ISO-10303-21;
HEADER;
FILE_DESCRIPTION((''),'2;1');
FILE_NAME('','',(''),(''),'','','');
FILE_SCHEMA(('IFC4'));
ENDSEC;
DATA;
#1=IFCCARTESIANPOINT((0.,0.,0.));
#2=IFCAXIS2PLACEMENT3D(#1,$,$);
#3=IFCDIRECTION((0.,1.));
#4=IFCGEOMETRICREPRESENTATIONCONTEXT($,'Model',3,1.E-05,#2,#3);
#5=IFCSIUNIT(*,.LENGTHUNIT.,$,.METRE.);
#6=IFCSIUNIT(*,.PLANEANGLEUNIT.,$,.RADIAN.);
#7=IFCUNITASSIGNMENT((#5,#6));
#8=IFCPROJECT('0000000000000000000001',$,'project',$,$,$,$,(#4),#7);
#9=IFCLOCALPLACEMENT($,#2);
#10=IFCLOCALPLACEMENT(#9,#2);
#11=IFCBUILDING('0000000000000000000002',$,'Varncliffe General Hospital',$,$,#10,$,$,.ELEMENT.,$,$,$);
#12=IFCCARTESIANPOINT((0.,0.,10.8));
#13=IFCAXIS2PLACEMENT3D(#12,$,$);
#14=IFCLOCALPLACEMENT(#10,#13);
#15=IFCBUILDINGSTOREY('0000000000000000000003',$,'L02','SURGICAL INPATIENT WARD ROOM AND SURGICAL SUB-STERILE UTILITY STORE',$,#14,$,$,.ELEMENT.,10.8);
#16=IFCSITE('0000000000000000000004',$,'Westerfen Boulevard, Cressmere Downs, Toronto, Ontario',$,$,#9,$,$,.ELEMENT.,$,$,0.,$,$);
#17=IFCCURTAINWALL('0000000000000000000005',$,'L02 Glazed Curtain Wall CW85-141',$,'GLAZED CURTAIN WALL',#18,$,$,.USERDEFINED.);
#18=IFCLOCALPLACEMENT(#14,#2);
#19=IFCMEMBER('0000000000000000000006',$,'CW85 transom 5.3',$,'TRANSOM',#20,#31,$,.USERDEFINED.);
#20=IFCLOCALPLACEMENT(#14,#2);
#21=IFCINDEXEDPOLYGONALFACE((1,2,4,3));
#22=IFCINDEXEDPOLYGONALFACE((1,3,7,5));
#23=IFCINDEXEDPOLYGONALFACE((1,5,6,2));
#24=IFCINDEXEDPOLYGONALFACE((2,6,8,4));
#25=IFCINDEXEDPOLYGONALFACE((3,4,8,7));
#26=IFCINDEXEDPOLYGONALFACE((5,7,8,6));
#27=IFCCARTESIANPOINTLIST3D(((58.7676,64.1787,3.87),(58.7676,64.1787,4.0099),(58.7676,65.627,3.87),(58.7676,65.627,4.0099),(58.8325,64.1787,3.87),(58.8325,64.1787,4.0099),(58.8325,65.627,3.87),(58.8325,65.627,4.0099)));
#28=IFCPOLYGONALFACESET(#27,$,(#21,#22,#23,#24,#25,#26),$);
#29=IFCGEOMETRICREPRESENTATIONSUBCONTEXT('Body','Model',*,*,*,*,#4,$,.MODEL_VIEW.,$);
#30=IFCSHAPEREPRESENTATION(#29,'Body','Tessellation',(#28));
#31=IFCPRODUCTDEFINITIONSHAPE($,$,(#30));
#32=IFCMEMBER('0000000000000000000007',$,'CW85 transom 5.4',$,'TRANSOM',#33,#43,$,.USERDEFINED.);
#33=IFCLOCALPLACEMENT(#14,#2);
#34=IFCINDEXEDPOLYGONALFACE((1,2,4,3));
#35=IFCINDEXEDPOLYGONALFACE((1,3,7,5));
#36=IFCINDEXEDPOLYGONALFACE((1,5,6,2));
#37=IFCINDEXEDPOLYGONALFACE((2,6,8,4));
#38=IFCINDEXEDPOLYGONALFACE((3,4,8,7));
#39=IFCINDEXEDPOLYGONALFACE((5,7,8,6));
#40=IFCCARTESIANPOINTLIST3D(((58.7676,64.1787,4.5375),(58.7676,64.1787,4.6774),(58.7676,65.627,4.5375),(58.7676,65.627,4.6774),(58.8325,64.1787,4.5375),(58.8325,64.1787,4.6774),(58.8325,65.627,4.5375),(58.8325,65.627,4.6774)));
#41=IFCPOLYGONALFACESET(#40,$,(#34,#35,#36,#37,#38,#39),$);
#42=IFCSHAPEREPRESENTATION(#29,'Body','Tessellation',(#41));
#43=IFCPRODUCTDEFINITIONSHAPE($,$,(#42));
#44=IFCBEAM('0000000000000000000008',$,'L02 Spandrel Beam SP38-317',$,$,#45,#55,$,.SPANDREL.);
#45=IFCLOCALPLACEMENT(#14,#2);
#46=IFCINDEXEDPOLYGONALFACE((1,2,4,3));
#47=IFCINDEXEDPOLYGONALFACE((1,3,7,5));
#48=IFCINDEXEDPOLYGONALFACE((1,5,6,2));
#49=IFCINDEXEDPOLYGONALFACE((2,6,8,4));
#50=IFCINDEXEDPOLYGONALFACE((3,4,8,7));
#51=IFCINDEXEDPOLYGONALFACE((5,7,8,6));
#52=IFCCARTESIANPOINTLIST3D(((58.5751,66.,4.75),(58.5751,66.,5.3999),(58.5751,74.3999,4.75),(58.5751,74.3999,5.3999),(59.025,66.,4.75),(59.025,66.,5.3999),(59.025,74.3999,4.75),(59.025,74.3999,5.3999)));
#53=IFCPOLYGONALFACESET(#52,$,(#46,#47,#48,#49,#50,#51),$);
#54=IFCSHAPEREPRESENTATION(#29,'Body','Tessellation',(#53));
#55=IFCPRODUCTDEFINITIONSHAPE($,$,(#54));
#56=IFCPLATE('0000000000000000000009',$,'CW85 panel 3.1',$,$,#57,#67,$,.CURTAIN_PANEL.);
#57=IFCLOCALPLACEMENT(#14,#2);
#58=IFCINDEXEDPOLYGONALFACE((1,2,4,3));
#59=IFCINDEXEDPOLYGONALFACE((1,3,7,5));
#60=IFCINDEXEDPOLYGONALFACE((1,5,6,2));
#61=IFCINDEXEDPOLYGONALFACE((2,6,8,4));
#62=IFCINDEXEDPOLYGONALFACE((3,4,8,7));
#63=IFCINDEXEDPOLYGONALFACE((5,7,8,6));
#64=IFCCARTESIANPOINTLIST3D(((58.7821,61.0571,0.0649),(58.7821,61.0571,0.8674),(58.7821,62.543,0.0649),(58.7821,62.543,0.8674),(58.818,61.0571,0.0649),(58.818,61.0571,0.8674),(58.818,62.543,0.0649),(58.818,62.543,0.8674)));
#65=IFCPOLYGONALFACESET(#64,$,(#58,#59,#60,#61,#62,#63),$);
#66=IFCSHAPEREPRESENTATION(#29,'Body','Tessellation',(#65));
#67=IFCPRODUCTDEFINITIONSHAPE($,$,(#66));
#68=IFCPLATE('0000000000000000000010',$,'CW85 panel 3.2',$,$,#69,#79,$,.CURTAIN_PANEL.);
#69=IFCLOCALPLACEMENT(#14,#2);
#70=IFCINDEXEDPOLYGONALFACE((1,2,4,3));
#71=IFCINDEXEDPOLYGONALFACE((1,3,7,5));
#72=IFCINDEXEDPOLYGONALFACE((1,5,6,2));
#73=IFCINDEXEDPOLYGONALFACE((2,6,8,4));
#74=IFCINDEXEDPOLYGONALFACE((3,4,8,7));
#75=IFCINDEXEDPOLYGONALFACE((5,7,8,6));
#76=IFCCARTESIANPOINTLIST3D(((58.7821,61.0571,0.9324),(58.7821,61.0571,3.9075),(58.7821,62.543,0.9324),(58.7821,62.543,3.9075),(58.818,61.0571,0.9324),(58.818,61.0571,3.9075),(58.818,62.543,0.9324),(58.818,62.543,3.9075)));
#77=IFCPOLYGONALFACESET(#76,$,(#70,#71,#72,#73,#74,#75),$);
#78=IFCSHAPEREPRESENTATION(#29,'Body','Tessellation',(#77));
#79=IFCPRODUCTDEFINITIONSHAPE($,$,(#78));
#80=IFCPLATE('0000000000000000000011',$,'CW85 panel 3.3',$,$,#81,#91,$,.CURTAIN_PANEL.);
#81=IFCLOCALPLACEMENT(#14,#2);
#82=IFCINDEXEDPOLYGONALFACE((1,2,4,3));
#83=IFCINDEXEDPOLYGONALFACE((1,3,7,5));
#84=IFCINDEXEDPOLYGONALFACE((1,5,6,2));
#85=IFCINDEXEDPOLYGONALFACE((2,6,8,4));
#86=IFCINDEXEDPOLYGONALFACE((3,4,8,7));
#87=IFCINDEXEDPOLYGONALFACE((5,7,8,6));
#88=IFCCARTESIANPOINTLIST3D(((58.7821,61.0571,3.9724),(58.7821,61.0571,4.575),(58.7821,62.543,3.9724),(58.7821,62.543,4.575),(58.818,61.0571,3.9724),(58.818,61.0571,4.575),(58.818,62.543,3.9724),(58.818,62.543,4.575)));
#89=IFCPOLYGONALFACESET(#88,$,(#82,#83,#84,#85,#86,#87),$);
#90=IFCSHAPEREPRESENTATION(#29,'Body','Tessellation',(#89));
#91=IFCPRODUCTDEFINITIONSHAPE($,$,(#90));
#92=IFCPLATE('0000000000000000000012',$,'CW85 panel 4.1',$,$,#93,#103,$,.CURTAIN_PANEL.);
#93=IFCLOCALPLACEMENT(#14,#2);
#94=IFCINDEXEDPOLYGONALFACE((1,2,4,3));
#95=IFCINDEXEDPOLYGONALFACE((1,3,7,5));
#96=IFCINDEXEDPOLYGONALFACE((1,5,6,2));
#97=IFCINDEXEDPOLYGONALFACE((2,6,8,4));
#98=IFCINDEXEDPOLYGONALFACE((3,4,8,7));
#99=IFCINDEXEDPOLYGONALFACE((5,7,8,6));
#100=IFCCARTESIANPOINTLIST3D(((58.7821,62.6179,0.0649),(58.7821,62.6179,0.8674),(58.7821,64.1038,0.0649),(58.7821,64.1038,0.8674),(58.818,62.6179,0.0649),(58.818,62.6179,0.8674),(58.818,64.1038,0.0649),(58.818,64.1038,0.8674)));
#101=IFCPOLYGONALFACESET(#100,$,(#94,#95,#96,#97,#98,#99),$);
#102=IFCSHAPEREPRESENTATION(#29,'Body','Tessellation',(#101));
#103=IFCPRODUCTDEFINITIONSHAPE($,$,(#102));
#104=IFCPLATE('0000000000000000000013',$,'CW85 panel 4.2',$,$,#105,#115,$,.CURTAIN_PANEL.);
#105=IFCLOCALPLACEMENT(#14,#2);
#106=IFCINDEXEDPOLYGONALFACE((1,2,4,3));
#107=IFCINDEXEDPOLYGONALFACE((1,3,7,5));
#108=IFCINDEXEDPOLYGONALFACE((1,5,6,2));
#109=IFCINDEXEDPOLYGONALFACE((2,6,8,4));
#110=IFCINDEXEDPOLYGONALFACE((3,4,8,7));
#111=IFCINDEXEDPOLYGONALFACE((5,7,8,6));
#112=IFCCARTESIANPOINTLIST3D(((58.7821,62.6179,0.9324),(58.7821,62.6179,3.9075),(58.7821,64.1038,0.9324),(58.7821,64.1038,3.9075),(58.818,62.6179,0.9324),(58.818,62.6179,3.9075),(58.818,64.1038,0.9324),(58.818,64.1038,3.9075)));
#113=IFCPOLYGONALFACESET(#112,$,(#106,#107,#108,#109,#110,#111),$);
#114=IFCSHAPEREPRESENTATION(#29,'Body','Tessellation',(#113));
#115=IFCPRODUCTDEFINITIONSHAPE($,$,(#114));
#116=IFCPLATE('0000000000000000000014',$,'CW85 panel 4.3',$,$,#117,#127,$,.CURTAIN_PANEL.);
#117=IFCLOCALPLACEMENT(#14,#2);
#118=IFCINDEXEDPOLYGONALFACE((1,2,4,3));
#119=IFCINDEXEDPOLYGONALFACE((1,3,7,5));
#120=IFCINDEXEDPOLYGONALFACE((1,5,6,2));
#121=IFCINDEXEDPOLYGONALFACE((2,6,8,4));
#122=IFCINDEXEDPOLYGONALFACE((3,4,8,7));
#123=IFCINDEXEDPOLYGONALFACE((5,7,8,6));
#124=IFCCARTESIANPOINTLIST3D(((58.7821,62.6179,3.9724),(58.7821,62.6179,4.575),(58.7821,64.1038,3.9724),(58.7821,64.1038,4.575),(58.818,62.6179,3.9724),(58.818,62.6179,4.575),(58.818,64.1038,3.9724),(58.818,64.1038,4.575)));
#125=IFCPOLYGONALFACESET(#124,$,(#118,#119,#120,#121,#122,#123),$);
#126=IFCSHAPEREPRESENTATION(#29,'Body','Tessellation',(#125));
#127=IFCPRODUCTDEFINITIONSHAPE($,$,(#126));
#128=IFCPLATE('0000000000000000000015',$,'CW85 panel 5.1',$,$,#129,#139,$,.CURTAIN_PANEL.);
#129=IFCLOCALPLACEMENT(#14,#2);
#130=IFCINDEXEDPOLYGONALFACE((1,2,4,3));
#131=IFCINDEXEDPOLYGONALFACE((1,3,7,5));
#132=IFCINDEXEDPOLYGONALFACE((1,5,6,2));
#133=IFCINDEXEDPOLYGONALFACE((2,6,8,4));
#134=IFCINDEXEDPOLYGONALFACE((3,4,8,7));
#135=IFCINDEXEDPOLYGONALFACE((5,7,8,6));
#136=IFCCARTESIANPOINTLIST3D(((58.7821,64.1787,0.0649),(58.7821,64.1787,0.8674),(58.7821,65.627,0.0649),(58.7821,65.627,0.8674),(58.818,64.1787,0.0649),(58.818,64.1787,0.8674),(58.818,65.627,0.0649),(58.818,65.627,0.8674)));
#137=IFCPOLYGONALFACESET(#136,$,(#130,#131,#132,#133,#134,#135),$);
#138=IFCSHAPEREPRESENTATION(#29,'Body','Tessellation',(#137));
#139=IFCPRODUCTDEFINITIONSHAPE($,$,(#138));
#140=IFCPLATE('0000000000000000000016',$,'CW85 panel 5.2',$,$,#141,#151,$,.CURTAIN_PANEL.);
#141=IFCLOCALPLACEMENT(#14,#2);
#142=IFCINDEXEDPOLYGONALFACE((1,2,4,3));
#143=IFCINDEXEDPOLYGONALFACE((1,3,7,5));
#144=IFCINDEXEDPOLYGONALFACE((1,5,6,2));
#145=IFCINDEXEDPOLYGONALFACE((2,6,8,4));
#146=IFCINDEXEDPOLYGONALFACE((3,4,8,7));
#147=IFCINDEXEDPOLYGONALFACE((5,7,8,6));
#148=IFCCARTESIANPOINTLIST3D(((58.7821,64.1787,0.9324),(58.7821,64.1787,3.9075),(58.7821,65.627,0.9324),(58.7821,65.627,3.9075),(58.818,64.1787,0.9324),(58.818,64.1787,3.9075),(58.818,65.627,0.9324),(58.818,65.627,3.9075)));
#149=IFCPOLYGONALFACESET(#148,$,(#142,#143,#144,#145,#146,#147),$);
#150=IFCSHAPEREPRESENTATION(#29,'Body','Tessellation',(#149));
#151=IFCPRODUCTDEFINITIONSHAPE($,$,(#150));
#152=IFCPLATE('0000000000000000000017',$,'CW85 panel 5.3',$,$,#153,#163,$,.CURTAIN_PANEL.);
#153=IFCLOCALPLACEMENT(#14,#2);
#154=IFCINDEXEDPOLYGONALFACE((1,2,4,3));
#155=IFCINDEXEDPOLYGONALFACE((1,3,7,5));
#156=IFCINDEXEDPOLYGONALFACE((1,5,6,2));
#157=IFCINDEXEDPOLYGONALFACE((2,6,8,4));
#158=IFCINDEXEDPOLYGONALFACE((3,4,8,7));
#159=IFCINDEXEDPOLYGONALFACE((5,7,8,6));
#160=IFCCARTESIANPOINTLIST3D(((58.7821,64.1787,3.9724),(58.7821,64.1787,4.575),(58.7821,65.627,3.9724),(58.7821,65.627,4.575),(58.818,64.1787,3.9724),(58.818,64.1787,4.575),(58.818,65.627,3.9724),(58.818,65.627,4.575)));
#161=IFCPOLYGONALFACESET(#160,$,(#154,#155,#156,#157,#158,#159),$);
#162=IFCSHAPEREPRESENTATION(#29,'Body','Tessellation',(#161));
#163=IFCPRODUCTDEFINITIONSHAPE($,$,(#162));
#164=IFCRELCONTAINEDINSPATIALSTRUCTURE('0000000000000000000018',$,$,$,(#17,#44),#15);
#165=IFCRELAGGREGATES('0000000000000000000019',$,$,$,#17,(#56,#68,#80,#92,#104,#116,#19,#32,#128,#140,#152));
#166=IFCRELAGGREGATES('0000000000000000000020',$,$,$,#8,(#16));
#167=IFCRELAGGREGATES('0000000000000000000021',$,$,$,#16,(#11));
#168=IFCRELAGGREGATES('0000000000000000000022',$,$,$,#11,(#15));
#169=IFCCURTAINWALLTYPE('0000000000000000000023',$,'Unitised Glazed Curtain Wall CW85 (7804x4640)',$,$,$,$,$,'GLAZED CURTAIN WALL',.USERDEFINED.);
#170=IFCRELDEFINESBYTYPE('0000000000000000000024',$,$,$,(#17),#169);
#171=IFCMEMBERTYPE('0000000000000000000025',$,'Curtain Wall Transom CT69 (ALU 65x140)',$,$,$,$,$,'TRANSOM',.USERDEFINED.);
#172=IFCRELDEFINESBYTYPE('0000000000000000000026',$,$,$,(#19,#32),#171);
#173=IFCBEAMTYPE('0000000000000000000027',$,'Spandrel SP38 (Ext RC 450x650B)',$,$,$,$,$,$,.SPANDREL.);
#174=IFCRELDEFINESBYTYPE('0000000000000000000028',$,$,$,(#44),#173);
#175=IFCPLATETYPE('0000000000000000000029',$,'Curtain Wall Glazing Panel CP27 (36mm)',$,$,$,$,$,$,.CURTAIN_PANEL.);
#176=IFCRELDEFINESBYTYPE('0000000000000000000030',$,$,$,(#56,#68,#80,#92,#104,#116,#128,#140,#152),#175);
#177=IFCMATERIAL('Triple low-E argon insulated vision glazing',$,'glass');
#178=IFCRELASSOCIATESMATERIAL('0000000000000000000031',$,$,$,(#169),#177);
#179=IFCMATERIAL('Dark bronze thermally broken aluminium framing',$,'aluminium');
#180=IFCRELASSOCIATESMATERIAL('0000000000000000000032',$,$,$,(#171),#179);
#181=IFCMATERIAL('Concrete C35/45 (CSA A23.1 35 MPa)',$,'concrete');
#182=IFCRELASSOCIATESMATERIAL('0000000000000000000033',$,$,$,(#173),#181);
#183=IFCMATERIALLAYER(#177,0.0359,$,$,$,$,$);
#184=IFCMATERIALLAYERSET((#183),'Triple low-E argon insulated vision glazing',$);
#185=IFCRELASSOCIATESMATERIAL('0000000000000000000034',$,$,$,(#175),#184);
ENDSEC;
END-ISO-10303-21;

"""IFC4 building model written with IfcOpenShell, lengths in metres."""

from ifc_helpers import new_model, si_unit, direction, frame, origin, origin_2d, place, context, subcontext, project, spatial, rectangle, extrude, material, layer, layer_set, material_profile, profile_set, type_object, element, aggregate, save


model = new_model("IFC4")

# Units and contexts
model_context = context("Model", 3, precision=1e-05, world=origin(), true_north=direction((0.0, 1.0)))
body_context = subcontext(model_context, "Body", "Model", "MODEL_VIEW")
ifc_project = project(units=[si_unit("LENGTHUNIT", "METRE"), si_unit("PLANEANGLEUNIT", "RADIAN")], contexts=[model_context])

# Site, building, storey
site_placement = place(None, origin())
site = spatial("IfcSite", under=ifc_project, at=site_placement, Name="Westerfen Boulevard, Cressmere Downs, Toronto, Ontario", CompositionType="ELEMENT", RefElevation=0.0)
building_placement = place(site_placement, origin())
building = spatial("IfcBuilding", under=site, at=building_placement, Name="Varncliffe General Hospital", CompositionType="ELEMENT")
storey_placement = place(building_placement, frame((0.0, 0.0, 10.8)))
storey = spatial("IfcBuildingStorey", under=building, at=storey_placement, Name="L02", Description="SURGICAL INPATIENT WARD ROOM AND SURGICAL SUB-STERILE UTILITY STORE", CompositionType="ELEMENT", Elevation=10.8)

# Shared definitions
ifc_material_1 = material(Name="Concrete C35/45 (CSA A23.1 35 MPa)", Category="concrete")

# Shared definitions
ifc_material_2 = material(Name="Triple low-E argon insulated vision glazing", Category="glass")
ifc_material_3 = material(Name="Dark bronze thermally broken aluminium framing", Category="aluminium")

# Curtain wall, members
curtain_wall_type_1 = type_object("IfcCurtainWallType", Name="Unitised Glazed Curtain Wall CW85 (7804x4640)", ElementType="GLAZED CURTAIN WALL", PredefinedType="USERDEFINED", material=ifc_material_2)
curtain_wall_1_placement = place(storey_placement, origin())
curtain_wall_1 = element("IfcCurtainWall", 1, at=curtain_wall_1_placement, inside=storey, type_object=curtain_wall_type_1, Name="L02 Glazed Curtain Wall CW85-141", ObjectType="GLAZED CURTAIN WALL", PredefinedType="USERDEFINED")
ifc_material_profile_1 = material_profile(ifc_material_3, rectangle(XDim=0.0649, YDim=0.1399, at=origin_2d()), Name="ALU 65x140")
ifc_profile_set_1 = profile_set([ifc_material_profile_1], Name="Dark bronze thermally broken aluminium framing")
member_type_1 = type_object("IfcMemberType", Name="Curtain Wall Transom CT69 (ALU 65x140)", ElementType="TRANSOM", PredefinedType="USERDEFINED", material=ifc_profile_set_1)
member_1_placement = place(storey_placement, frame((58.8, 64.1787, 3.9399), z_axis=(0.0, 1.0, 0.0), x_axis=(-1.0, 0.0, 0.0)))
member_1 = element("IfcMember", 2, at=member_1_placement, type_object=member_type_1, Name="CW85 transom 5.3", ObjectType="TRANSOM", PredefinedType="USERDEFINED", context=body_context, shape_type="SweptSolid", body=[
    extrude(rectangle(XDim=0.0649, YDim=0.1399, at=origin_2d()), origin(), (0.0, 0.0, 1.0), 1.4482),
])
member_2_placement = place(storey_placement, frame((58.8, 64.1787, 4.6074), z_axis=(0.0, 1.0, 0.0), x_axis=(-1.0, 0.0, 0.0)))
member_2 = element("IfcMember", 3, at=member_2_placement, type_object=member_type_1, Name="CW85 transom 5.4", ObjectType="TRANSOM", PredefinedType="USERDEFINED", context=body_context, shape_type="SweptSolid", body=[
    extrude(rectangle(XDim=0.0649, YDim=0.1399, at=origin_2d()), origin(), (0.0, 0.0, 1.0), 1.4482),
])

# Beam
ifc_material_profile_2 = material_profile(ifc_material_1, rectangle(XDim=0.45, YDim=0.6499, at=origin_2d()), Name="RC 450x650")
ifc_profile_set_2 = profile_set([ifc_material_profile_2], Name="Concrete C35/45 (CSA A23.1 35 MPa)")
beam_type_1 = type_object("IfcBeamType", Name="Spandrel SP38 (Ext RC 450x650B)", PredefinedType="SPANDREL", material=ifc_profile_set_2)
beam_1_placement = place(storey_placement, frame((58.8, 66.0, 5.075), z_axis=(0.0, 1.0, 0.0), x_axis=(-1.0, 0.0, 0.0)))
element("IfcBeam", 4, at=beam_1_placement, inside=storey, type_object=beam_type_1, Name="L02 Spandrel Beam SP38-317", PredefinedType="SPANDREL", context=body_context, shape_type="SweptSolid", body=[
    extrude(rectangle(XDim=0.45, YDim=0.6499, at=origin_2d()), origin(), (0.0, 0.0, 1.0), 8.3999),
])

# Plates
ifc_layer = layer(ifc_material_2, 0.0359)
ifc_layer_set = layer_set([ifc_layer], Name="Triple low-E argon insulated vision glazing")
plate_type = type_object("IfcPlateType", Name="Curtain Wall Glazing Panel CP27 (36mm)", PredefinedType="CURTAIN_PANEL", material=ifc_layer_set)
plate_1_placement = place(storey_placement, frame((58.8, 61.8, 0.0649), z_axis=(0.0, 0.0, 1.0), x_axis=(0.0, 1.0, 0.0)))
plate_1 = element("IfcPlate", 5, at=plate_1_placement, type_object=plate_type, Name="CW85 panel 3.1", PredefinedType="CURTAIN_PANEL", context=body_context, shape_type="SweptSolid", body=[
    extrude(rectangle(XDim=1.4858, YDim=0.0359, at=origin_2d()), origin(), (0.0, 0.0, 1.0), 0.8025),
])
plate_2_placement = place(storey_placement, frame((58.8, 61.8, 0.9324), z_axis=(0.0, 0.0, 1.0), x_axis=(0.0, 1.0, 0.0)))
plate_2 = element("IfcPlate", 6, at=plate_2_placement, type_object=plate_type, Name="CW85 panel 3.2", PredefinedType="CURTAIN_PANEL", context=body_context, shape_type="SweptSolid", body=[
    extrude(rectangle(XDim=1.4858, YDim=0.0359, at=origin_2d()), origin(), (0.0, 0.0, 1.0), 2.9751),
])
plate_3_placement = place(storey_placement, frame((58.8, 61.8, 3.9724), z_axis=(0.0, 0.0, 1.0), x_axis=(0.0, 1.0, 0.0)))
plate_3 = element("IfcPlate", 7, at=plate_3_placement, type_object=plate_type, Name="CW85 panel 3.3", PredefinedType="CURTAIN_PANEL", context=body_context, shape_type="SweptSolid", body=[
    extrude(rectangle(XDim=1.4858, YDim=0.0359, at=origin_2d()), origin(), (0.0, 0.0, 1.0), 0.6025),
])
plate_4_placement = place(storey_placement, frame((58.8, 63.3608, 0.0649), z_axis=(0.0, 0.0, 1.0), x_axis=(0.0, 1.0, 0.0)))
plate_4 = element("IfcPlate", 8, at=plate_4_placement, type_object=plate_type, Name="CW85 panel 4.1", PredefinedType="CURTAIN_PANEL", context=body_context, shape_type="SweptSolid", body=[
    extrude(rectangle(XDim=1.4858, YDim=0.0359, at=origin_2d()), origin(), (0.0, 0.0, 1.0), 0.8025),
])
plate_5_placement = place(storey_placement, frame((58.8, 63.3608, 0.9324), z_axis=(0.0, 0.0, 1.0), x_axis=(0.0, 1.0, 0.0)))
plate_5 = element("IfcPlate", 9, at=plate_5_placement, type_object=plate_type, Name="CW85 panel 4.2", PredefinedType="CURTAIN_PANEL", context=body_context, shape_type="SweptSolid", body=[
    extrude(rectangle(XDim=1.4858, YDim=0.0359, at=origin_2d()), origin(), (0.0, 0.0, 1.0), 2.9751),
])
plate_6_placement = place(storey_placement, frame((58.8, 63.3608, 3.9724), z_axis=(0.0, 0.0, 1.0), x_axis=(0.0, 1.0, 0.0)))
plate_6 = element("IfcPlate", 10, at=plate_6_placement, type_object=plate_type, Name="CW85 panel 4.3", PredefinedType="CURTAIN_PANEL", context=body_context, shape_type="SweptSolid", body=[
    extrude(rectangle(XDim=1.4858, YDim=0.0359, at=origin_2d()), origin(), (0.0, 0.0, 1.0), 0.6025),
])
plate_7_placement = place(storey_placement, frame((58.8, 64.9028, 0.0649), z_axis=(0.0, 0.0, 1.0), x_axis=(0.0, 1.0, 0.0)))
plate_7 = element("IfcPlate", 11, at=plate_7_placement, type_object=plate_type, Name="CW85 panel 5.1", PredefinedType="CURTAIN_PANEL", context=body_context, shape_type="SweptSolid", body=[
    extrude(rectangle(XDim=1.4482, YDim=0.0359, at=origin_2d()), origin(), (0.0, 0.0, 1.0), 0.8025),
])
plate_8_placement = place(storey_placement, frame((58.8, 64.9028, 0.9324), z_axis=(0.0, 0.0, 1.0), x_axis=(0.0, 1.0, 0.0)))
plate_8 = element("IfcPlate", 12, at=plate_8_placement, type_object=plate_type, Name="CW85 panel 5.2", PredefinedType="CURTAIN_PANEL", context=body_context, shape_type="SweptSolid", body=[
    extrude(rectangle(XDim=1.4482, YDim=0.0359, at=origin_2d()), origin(), (0.0, 0.0, 1.0), 2.9751),
])
plate_9_placement = place(storey_placement, frame((58.8, 64.9028, 3.9724), z_axis=(0.0, 0.0, 1.0), x_axis=(0.0, 1.0, 0.0)))
plate_9 = element("IfcPlate", 13, at=plate_9_placement, type_object=plate_type, Name="CW85 panel 5.3", PredefinedType="CURTAIN_PANEL", context=body_context, shape_type="SweptSolid", body=[
    extrude(rectangle(XDim=1.4482, YDim=0.0359, at=origin_2d()), origin(), (0.0, 0.0, 1.0), 0.6025),
])
aggregate(curtain_wall_1, [plate_1, plate_2, plate_3, plate_4, plate_5, plate_6, member_1, member_2, plate_7, plate_8, plate_9])

save(model, "model.ifc")
